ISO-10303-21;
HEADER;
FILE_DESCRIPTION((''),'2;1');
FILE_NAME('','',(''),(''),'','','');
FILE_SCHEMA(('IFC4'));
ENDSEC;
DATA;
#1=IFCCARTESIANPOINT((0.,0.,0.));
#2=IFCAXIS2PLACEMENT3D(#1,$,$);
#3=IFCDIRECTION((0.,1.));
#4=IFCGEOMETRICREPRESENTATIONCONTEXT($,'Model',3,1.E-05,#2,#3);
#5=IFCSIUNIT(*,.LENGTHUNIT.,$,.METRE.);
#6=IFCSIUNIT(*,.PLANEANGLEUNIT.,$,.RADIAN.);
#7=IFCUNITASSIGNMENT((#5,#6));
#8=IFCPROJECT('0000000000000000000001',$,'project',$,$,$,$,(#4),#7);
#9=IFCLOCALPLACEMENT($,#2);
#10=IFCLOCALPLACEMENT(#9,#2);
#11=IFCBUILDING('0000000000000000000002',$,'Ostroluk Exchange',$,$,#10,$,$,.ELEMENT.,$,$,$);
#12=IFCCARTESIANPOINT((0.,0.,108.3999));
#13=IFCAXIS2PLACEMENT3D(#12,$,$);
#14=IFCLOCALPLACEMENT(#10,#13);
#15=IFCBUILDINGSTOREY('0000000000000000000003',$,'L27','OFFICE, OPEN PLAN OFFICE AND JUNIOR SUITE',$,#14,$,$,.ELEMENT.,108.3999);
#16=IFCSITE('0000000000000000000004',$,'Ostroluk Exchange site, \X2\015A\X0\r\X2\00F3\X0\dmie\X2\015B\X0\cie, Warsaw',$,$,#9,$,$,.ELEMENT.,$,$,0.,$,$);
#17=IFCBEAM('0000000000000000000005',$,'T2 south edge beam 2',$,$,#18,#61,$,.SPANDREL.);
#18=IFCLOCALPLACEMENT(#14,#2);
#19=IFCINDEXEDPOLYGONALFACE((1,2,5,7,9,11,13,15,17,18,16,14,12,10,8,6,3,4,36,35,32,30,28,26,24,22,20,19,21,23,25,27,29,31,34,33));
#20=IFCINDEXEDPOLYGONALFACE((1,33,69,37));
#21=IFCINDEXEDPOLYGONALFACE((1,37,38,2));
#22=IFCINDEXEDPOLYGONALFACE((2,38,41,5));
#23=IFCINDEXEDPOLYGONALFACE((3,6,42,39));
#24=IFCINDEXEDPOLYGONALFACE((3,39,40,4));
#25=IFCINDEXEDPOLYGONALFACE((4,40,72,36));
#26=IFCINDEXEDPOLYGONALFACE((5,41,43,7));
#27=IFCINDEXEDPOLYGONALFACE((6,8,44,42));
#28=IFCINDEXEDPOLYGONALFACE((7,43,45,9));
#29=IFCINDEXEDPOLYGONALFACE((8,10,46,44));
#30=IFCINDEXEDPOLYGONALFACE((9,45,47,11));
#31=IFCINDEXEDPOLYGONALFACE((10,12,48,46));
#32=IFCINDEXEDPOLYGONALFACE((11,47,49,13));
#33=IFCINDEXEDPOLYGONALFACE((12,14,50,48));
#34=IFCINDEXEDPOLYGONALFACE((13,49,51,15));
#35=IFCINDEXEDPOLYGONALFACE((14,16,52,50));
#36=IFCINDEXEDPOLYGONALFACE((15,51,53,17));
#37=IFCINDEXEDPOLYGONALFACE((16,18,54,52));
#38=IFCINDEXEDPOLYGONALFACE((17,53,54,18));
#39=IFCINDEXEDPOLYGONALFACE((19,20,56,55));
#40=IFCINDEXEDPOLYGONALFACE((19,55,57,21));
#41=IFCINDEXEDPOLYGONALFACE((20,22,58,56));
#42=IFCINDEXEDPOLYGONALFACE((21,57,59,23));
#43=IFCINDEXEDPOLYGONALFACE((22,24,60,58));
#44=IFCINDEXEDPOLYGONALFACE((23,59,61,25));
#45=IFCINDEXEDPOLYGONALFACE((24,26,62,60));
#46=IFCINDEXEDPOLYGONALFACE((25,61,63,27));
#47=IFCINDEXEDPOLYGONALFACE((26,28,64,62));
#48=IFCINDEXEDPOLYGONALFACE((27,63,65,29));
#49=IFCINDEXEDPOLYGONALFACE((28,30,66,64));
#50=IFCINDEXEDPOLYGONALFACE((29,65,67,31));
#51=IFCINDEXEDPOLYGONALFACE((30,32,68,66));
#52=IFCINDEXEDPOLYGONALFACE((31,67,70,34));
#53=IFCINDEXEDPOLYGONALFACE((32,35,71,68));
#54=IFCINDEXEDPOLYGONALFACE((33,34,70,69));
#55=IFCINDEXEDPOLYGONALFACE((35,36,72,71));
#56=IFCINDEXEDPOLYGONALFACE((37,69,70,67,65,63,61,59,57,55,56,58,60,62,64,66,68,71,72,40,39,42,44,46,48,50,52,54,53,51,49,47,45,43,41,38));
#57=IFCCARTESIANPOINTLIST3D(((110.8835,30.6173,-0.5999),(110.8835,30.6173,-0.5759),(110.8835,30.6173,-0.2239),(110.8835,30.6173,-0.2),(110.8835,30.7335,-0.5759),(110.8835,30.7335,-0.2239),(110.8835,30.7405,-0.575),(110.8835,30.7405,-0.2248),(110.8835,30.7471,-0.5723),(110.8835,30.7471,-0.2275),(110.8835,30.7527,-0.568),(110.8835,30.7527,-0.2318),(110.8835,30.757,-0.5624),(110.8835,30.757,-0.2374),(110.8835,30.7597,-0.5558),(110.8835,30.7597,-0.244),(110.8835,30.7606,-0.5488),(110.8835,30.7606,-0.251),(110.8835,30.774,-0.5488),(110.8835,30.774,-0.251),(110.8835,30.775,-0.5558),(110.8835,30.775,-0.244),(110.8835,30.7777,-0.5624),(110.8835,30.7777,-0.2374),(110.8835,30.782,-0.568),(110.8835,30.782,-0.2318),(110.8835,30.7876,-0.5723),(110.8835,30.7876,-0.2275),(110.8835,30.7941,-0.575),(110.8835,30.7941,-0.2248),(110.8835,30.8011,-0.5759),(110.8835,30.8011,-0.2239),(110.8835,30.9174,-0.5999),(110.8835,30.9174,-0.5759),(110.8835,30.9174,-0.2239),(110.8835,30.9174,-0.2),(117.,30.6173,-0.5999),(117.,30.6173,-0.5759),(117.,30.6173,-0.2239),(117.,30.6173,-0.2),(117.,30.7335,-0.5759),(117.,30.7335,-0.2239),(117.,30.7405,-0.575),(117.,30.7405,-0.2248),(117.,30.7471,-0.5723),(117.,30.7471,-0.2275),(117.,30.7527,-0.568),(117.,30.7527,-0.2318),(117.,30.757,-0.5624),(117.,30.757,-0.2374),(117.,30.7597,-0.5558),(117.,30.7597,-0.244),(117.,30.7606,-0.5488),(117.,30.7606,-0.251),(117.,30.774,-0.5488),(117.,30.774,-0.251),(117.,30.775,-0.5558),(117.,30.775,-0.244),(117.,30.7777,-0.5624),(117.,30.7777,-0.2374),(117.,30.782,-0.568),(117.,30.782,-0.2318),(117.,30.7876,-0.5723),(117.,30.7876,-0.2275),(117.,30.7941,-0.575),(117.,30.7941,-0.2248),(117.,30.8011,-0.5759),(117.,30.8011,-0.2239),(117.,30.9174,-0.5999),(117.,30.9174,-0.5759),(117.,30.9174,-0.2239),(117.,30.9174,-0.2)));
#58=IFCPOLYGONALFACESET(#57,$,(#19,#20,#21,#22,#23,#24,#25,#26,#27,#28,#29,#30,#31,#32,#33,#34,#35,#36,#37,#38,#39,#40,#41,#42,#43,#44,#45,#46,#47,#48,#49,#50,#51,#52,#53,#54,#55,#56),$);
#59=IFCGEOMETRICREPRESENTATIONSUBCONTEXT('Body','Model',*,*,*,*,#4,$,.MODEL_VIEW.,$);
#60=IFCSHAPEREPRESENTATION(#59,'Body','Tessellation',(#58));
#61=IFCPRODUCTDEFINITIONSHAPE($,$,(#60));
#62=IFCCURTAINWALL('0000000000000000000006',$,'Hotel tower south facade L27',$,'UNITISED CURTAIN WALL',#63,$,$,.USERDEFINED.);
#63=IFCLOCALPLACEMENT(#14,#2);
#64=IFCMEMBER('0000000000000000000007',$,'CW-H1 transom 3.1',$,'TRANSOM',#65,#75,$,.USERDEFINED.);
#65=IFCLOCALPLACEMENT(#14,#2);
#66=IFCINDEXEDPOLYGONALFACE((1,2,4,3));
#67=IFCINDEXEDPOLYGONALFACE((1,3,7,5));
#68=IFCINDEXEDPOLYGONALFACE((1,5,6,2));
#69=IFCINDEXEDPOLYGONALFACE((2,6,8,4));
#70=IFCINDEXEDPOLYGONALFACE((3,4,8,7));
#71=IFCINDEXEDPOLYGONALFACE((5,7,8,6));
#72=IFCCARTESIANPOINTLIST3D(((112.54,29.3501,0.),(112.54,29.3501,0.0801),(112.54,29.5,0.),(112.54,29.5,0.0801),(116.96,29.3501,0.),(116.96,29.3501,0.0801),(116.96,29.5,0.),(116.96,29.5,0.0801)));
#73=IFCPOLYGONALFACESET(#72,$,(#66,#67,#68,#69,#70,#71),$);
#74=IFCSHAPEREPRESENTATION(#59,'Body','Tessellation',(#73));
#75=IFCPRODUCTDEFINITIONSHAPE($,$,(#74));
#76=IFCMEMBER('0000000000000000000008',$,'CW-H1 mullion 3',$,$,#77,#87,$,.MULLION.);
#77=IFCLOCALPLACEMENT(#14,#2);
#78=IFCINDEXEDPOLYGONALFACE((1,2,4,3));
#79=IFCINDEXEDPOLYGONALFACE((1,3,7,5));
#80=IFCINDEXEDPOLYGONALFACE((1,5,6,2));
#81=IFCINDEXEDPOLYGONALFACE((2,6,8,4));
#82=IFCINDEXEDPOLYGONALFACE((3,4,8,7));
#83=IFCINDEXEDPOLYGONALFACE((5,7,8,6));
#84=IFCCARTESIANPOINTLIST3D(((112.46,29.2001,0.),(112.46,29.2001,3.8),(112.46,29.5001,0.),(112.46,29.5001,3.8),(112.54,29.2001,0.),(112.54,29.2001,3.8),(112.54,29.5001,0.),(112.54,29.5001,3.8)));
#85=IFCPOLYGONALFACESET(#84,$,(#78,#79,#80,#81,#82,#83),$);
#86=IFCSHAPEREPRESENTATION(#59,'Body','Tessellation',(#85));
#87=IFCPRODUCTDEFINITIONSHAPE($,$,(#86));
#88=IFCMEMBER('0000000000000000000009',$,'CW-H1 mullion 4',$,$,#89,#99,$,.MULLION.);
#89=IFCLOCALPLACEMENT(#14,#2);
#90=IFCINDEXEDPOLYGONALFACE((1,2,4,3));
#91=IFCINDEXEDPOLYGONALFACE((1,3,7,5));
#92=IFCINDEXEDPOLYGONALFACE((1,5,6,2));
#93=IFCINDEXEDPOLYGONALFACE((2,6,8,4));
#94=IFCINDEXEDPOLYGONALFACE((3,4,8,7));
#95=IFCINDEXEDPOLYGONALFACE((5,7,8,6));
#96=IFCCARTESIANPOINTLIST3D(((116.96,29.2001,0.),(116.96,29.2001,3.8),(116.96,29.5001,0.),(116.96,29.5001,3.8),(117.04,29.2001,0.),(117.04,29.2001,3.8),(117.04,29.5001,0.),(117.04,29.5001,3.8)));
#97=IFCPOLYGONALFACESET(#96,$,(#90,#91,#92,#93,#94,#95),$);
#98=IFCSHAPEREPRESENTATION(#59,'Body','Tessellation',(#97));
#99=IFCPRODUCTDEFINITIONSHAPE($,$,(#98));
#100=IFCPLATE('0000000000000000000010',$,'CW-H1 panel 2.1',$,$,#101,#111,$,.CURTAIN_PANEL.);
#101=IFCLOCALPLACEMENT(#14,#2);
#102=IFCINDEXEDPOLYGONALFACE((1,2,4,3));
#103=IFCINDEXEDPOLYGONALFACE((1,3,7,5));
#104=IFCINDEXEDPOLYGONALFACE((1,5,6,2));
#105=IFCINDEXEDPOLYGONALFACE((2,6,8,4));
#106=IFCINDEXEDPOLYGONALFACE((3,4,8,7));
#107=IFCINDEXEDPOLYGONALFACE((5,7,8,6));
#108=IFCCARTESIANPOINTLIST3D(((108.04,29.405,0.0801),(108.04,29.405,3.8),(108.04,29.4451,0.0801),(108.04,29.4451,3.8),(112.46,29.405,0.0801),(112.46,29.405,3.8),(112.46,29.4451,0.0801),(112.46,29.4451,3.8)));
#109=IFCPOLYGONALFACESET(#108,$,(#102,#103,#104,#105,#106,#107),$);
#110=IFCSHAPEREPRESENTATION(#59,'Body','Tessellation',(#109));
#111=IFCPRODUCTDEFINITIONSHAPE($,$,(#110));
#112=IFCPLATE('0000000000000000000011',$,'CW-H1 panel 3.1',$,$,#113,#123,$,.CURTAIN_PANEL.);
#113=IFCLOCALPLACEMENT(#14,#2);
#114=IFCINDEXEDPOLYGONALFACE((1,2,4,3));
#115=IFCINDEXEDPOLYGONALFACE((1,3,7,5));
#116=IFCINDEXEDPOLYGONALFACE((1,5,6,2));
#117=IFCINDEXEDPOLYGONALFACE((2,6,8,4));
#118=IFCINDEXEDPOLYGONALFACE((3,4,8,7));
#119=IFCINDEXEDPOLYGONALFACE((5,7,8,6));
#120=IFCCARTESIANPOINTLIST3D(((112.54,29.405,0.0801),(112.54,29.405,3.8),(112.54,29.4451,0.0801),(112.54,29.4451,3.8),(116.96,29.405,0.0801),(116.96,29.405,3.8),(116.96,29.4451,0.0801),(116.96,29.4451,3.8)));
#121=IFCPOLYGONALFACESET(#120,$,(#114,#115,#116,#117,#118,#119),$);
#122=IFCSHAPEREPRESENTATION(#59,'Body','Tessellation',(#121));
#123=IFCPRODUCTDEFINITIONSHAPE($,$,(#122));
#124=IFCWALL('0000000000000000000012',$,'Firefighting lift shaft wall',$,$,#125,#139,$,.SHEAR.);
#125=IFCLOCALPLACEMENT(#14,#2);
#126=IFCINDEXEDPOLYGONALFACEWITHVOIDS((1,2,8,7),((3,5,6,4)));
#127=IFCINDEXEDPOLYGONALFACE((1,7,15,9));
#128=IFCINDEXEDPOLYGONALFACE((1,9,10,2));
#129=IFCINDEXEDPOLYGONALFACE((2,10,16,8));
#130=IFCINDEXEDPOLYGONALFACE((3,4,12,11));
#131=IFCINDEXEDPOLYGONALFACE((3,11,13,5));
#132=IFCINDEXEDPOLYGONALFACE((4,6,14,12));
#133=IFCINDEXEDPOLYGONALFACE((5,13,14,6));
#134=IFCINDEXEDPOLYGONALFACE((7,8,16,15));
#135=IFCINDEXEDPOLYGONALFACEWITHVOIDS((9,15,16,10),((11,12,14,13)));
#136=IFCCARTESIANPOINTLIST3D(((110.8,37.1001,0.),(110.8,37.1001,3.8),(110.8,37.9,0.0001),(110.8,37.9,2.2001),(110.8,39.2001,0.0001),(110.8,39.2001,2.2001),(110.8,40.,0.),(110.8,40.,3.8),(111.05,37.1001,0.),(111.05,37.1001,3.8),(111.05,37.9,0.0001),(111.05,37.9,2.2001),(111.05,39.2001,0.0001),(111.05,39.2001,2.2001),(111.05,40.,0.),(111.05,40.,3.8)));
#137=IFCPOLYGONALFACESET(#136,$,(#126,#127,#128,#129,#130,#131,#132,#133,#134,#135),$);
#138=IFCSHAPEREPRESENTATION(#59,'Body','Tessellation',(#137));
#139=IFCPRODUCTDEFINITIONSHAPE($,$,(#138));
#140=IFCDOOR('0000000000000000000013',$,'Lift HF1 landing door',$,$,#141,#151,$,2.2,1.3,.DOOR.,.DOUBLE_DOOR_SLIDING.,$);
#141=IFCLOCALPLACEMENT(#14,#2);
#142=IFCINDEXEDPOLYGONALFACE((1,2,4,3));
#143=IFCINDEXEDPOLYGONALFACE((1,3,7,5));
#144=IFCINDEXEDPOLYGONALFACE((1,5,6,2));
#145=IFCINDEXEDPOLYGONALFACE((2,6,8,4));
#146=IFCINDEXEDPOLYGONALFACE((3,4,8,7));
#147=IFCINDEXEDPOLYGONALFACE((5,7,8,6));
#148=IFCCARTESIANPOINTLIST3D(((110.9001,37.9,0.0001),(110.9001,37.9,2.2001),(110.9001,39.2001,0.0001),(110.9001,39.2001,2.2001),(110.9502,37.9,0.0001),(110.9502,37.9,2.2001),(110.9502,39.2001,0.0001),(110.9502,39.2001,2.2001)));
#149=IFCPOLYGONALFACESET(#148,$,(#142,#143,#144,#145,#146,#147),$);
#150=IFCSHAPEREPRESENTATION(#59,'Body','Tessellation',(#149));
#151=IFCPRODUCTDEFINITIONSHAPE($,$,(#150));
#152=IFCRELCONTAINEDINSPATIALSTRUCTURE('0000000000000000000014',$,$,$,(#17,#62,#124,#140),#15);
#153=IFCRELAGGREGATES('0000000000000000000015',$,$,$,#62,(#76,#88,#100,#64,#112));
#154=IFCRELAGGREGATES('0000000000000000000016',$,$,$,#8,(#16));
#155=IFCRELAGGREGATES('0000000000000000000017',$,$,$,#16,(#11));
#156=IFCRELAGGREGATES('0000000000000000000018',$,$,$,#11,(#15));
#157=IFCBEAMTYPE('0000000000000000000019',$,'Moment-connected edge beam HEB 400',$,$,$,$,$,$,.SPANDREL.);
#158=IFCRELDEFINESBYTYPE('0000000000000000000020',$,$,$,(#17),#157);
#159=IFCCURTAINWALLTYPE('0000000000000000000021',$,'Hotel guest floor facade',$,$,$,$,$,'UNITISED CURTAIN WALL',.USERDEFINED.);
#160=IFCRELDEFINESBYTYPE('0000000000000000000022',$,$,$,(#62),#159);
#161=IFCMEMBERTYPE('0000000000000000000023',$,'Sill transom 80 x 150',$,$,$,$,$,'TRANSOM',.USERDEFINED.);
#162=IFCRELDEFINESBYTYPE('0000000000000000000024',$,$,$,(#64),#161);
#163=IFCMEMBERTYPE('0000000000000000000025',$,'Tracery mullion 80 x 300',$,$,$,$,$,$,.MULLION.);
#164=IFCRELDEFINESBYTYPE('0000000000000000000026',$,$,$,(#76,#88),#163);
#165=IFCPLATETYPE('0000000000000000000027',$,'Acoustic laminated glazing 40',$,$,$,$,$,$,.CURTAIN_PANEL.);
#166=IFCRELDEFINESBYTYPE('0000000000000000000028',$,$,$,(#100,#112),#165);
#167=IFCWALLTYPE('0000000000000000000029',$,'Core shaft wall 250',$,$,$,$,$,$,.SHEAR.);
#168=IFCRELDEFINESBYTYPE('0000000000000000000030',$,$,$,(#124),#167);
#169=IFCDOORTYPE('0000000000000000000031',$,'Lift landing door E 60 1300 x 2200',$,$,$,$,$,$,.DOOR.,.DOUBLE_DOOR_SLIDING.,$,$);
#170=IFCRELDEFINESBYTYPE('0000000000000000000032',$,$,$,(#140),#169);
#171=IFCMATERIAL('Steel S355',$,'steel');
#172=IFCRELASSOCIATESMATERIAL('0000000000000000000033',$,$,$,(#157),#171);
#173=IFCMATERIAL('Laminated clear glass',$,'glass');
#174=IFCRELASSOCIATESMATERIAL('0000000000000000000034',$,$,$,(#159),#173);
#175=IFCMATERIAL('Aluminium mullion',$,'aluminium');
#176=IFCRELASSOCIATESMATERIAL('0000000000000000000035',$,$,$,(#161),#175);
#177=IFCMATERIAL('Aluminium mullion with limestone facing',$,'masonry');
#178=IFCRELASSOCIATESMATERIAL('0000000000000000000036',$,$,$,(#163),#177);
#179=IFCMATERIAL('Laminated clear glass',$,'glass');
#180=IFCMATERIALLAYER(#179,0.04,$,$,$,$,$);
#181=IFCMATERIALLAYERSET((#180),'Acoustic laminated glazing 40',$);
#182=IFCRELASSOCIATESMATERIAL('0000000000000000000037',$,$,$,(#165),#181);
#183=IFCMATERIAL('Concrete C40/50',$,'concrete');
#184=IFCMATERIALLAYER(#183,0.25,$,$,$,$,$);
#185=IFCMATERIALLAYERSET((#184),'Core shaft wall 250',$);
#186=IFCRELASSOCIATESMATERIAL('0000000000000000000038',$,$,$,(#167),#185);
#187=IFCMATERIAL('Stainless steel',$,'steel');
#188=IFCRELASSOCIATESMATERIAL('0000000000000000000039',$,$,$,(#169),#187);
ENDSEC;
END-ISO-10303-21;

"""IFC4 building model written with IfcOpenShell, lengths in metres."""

from ifc_helpers import new_model, si_unit, direction, frame, frame_2d, origin, origin_2d, place, context, subcontext, project, spatial, rectangle, i_section, extrude, material, layer, layer_set, material_profile, profile_set, type_object, element, fill, aggregate, save


model = new_model("IFC4")

# Units and contexts
model_context = context("Model", 3, precision=1e-05, world=origin(), true_north=direction((0.0, 1.0)))
body_context = subcontext(model_context, "Body", "Model", "MODEL_VIEW")
ifc_project = project(units=[si_unit("LENGTHUNIT", "METRE"), si_unit("PLANEANGLEUNIT", "RADIAN")], contexts=[model_context])

# Site, building, storey
site_placement = place(None, origin())
site = spatial("IfcSite", under=ifc_project, at=site_placement, Name="Ostroluk Exchange site, Śródmieście, Warsaw", CompositionType="ELEMENT", RefElevation=0.0)
building_placement = place(site_placement, origin())
building = spatial("IfcBuilding", under=site, at=building_placement, Name="Ostroluk Exchange", CompositionType="ELEMENT")
storey_placement = place(building_placement, frame((0.0, 0.0, 108.3999)))
storey = spatial("IfcBuildingStorey", under=building, at=storey_placement, Name="L27", Description="OFFICE, OPEN PLAN OFFICE AND JUNIOR SUITE", CompositionType="ELEMENT", Elevation=108.3999)

# Beam
ifc_material_1 = material(Name="Steel S355", Category="steel")
ifc_material_profile_1 = material_profile(ifc_material_1, i_section(OverallWidth=0.3, OverallDepth=0.3999, WebThickness=0.0134, FlangeThickness=0.0239, FilletRadius=0.0271, at=origin_2d()), Name="HEB 400")
ifc_profile_set_1 = profile_set([ifc_material_profile_1], Name="Steel S355")
beam_type_1 = type_object("IfcBeamType", Name="Moment-connected edge beam HEB 400", PredefinedType="SPANDREL", material=ifc_profile_set_1)
beam_placement = place(storey_placement, frame((110.8835, 30.7673, -0.3999), z_axis=(1.0, 0.0, 0.0), x_axis=(0.0, 1.0, 0.0)))
element("IfcBeam", 1, at=beam_placement, inside=storey, type_object=beam_type_1, Name="T2 south edge beam 2", PredefinedType="SPANDREL", context=body_context, shape_type="SweptSolid", body=[
    extrude(i_section(OverallWidth=0.3, OverallDepth=0.3999, WebThickness=0.0134, FlangeThickness=0.0239, FilletRadius=0.0271, at=origin_2d()), origin(), (0.0, 0.0, 1.0), 6.1165),
])

# Curtain wall, members, plates
ifc_material_2 = material(Name="Laminated clear glass", Category="glass")
curtain_wall_type = type_object("IfcCurtainWallType", Name="Hotel guest floor facade", ElementType="UNITISED CURTAIN WALL", PredefinedType="USERDEFINED", material=ifc_material_2)
curtain_wall_placement = place(storey_placement, origin())
curtain_wall = element("IfcCurtainWall", 2, at=curtain_wall_placement, inside=storey, type_object=curtain_wall_type, Name="Hotel tower south facade L27", ObjectType="UNITISED CURTAIN WALL", PredefinedType="USERDEFINED")
ifc_material_3 = material(Name="Aluminium mullion", Category="aluminium")
ifc_material_profile_2 = material_profile(ifc_material_3, rectangle(XDim=0.1499, YDim=0.0801, at=origin_2d()), Name="Sill transom 80 x 150")
ifc_profile_set_2 = profile_set([ifc_material_profile_2], Name="Aluminium mullion")
member_type_1 = type_object("IfcMemberType", Name="Sill transom 80 x 150", ElementType="TRANSOM", PredefinedType="USERDEFINED", material=ifc_profile_set_2)
member_1_placement = place(storey_placement, frame((112.54, 29.425, 0.04), z_axis=(1.0, 0.0, 0.0), x_axis=(0.0, 1.0, 0.0)))
member_1 = element("IfcMember", 3, at=member_1_placement, type_object=member_type_1, Name="CW-H1 transom 3.1", ObjectType="TRANSOM", PredefinedType="USERDEFINED", context=body_context, shape_type="SweptSolid", body=[
    extrude(rectangle(XDim=0.1499, YDim=0.0801, at=origin_2d()), origin(), (0.0, 0.0, 1.0), 4.4199),
])
ifc_material_4 = material(Name="Aluminium mullion with limestone facing", Category="masonry")
ifc_material_profile_3 = material_profile(ifc_material_4, rectangle(XDim=0.3, YDim=0.0801, at=origin_2d()), Name="Tracery mullion 80 x 300")
ifc_profile_set_3 = profile_set([ifc_material_profile_3], Name="Aluminium mullion with limestone facing")
member_type_2 = type_object("IfcMemberType", Name="Tracery mullion 80 x 300", PredefinedType="MULLION", material=ifc_profile_set_3)
member_2_placement = place(storey_placement, frame((112.5, 29.3501, 0.0), z_axis=(0.0, 0.0, 1.0), x_axis=(0.0, 1.0, 0.0)))
member_2 = element("IfcMember", 4, at=member_2_placement, type_object=member_type_2, Name="CW-H1 mullion 3", PredefinedType="MULLION", context=body_context, shape_type="SweptSolid", body=[
    extrude(rectangle(XDim=0.3, YDim=0.0801, at=origin_2d()), origin(), (0.0, 0.0, 1.0), 3.8),
])
member_3_placement = place(storey_placement, frame((117.0, 29.3501, 0.0), z_axis=(0.0, 0.0, 1.0), x_axis=(0.0, 1.0, 0.0)))
member_3 = element("IfcMember", 5, at=member_3_placement, type_object=member_type_2, Name="CW-H1 mullion 4", PredefinedType="MULLION", context=body_context, shape_type="SweptSolid", body=[
    extrude(rectangle(XDim=0.3, YDim=0.0801, at=origin_2d()), origin(), (0.0, 0.0, 1.0), 3.8),
])
ifc_material_5 = material(Name="Laminated clear glass", Category="glass")
ifc_layer_1 = layer(ifc_material_5, 0.04)
ifc_layer_set_1 = layer_set([ifc_layer_1], Name="Acoustic laminated glazing 40")
plate_type = type_object("IfcPlateType", Name="Acoustic laminated glazing 40", PredefinedType="CURTAIN_PANEL", material=ifc_layer_set_1)
plate_1_placement = place(storey_placement, frame((110.25, 29.425, 0.0801), z_axis=(0.0, 0.0, 1.0), x_axis=(1.0, 0.0, 0.0)))
plate_1 = element("IfcPlate", 6, at=plate_1_placement, type_object=plate_type, Name="CW-H1 panel 2.1", PredefinedType="CURTAIN_PANEL", context=body_context, shape_type="SweptSolid", body=[
    extrude(rectangle(XDim=4.4199, YDim=0.04, at=origin_2d()), origin(), (0.0, 0.0, 1.0), 3.72),
])
plate_2_placement = place(storey_placement, frame((114.75, 29.425, 0.0801), z_axis=(0.0, 0.0, 1.0), x_axis=(1.0, 0.0, 0.0)))
plate_2 = element("IfcPlate", 7, at=plate_2_placement, type_object=plate_type, Name="CW-H1 panel 3.1", PredefinedType="CURTAIN_PANEL", context=body_context, shape_type="SweptSolid", body=[
    extrude(rectangle(XDim=4.4199, YDim=0.04, at=origin_2d()), origin(), (0.0, 0.0, 1.0), 3.72),
])
aggregate(curtain_wall, [member_2, member_3, plate_1, member_1, plate_2])

# Wall, opening, door
ifc_material_6 = material(Name="Concrete C40/50", Category="concrete")
ifc_layer_2 = layer(ifc_material_6, 0.25)
ifc_layer_set_2 = layer_set([ifc_layer_2], Name="Core shaft wall 250")
wall_type_1 = type_object("IfcWallType", Name="Core shaft wall 250", PredefinedType="SHEAR", material=ifc_layer_set_2)
wall_1_placement = place(storey_placement, frame((110.925, 37.1001, 0.0), z_axis=(0.0, 0.0, 1.0), x_axis=(0.0, 1.0, 0.0)))
wall_1 = element("IfcWall", 8, at=wall_1_placement, inside=storey, type_object=wall_type_1, Name="Firefighting lift shaft wall", PredefinedType="SHEAR", context=body_context, shape_type="SweptSolid", body=[
    extrude(rectangle(XDim=2.8999, YDim=0.25, at=frame_2d((1.45, 0.0))), origin(), (0.0, 0.0, 1.0), 3.8),
])
opening_1_placement = place(wall_1_placement, frame((0.8, 0.0, 0.0)))
opening_1 = element("IfcOpeningElement", 9, at=opening_1_placement, cuts=wall_1, PredefinedType="OPENING", context=body_context, shape_type="SweptSolid", body=[
    extrude(rectangle(XDim=1.3, YDim=2.2, at=frame_2d((0.6499, 1.1001))), frame((0.0, 0.135, 0.0), z_axis=(0.0, -1.0, 0.0), x_axis=(1.0, 0.0, 0.0)), (0.0, 0.0, 1.0), 0.27),
])
ifc_material_7 = material(Name="Stainless steel", Category="steel")
door_type_1 = type_object("IfcDoorType", Name="Lift landing door E 60 1300 x 2200", OperationType="DOUBLE_DOOR_SLIDING", PredefinedType="DOOR", material=ifc_material_7)
door_1_placement = place(opening_1_placement, origin())
door_1 = element("IfcDoor", 10, at=door_1_placement, inside=storey, type_object=door_type_1, Name="Lift HF1 landing door", OperationType="DOUBLE_DOOR_SLIDING", OverallHeight=2.2, OverallWidth=1.3, PredefinedType="DOOR", context=body_context, shape_type="SweptSolid", body=[
    extrude(rectangle(XDim=1.3, YDim=2.2, at=frame_2d((0.6499, 1.1001))), frame((0.0, 0.0249, 0.0), z_axis=(0.0, -1.0, 0.0), x_axis=(1.0, 0.0, 0.0)), (0.0, 0.0, 1.0), 0.05),
])
fill(opening_1, door_1)

save(model, "model.ifc")
